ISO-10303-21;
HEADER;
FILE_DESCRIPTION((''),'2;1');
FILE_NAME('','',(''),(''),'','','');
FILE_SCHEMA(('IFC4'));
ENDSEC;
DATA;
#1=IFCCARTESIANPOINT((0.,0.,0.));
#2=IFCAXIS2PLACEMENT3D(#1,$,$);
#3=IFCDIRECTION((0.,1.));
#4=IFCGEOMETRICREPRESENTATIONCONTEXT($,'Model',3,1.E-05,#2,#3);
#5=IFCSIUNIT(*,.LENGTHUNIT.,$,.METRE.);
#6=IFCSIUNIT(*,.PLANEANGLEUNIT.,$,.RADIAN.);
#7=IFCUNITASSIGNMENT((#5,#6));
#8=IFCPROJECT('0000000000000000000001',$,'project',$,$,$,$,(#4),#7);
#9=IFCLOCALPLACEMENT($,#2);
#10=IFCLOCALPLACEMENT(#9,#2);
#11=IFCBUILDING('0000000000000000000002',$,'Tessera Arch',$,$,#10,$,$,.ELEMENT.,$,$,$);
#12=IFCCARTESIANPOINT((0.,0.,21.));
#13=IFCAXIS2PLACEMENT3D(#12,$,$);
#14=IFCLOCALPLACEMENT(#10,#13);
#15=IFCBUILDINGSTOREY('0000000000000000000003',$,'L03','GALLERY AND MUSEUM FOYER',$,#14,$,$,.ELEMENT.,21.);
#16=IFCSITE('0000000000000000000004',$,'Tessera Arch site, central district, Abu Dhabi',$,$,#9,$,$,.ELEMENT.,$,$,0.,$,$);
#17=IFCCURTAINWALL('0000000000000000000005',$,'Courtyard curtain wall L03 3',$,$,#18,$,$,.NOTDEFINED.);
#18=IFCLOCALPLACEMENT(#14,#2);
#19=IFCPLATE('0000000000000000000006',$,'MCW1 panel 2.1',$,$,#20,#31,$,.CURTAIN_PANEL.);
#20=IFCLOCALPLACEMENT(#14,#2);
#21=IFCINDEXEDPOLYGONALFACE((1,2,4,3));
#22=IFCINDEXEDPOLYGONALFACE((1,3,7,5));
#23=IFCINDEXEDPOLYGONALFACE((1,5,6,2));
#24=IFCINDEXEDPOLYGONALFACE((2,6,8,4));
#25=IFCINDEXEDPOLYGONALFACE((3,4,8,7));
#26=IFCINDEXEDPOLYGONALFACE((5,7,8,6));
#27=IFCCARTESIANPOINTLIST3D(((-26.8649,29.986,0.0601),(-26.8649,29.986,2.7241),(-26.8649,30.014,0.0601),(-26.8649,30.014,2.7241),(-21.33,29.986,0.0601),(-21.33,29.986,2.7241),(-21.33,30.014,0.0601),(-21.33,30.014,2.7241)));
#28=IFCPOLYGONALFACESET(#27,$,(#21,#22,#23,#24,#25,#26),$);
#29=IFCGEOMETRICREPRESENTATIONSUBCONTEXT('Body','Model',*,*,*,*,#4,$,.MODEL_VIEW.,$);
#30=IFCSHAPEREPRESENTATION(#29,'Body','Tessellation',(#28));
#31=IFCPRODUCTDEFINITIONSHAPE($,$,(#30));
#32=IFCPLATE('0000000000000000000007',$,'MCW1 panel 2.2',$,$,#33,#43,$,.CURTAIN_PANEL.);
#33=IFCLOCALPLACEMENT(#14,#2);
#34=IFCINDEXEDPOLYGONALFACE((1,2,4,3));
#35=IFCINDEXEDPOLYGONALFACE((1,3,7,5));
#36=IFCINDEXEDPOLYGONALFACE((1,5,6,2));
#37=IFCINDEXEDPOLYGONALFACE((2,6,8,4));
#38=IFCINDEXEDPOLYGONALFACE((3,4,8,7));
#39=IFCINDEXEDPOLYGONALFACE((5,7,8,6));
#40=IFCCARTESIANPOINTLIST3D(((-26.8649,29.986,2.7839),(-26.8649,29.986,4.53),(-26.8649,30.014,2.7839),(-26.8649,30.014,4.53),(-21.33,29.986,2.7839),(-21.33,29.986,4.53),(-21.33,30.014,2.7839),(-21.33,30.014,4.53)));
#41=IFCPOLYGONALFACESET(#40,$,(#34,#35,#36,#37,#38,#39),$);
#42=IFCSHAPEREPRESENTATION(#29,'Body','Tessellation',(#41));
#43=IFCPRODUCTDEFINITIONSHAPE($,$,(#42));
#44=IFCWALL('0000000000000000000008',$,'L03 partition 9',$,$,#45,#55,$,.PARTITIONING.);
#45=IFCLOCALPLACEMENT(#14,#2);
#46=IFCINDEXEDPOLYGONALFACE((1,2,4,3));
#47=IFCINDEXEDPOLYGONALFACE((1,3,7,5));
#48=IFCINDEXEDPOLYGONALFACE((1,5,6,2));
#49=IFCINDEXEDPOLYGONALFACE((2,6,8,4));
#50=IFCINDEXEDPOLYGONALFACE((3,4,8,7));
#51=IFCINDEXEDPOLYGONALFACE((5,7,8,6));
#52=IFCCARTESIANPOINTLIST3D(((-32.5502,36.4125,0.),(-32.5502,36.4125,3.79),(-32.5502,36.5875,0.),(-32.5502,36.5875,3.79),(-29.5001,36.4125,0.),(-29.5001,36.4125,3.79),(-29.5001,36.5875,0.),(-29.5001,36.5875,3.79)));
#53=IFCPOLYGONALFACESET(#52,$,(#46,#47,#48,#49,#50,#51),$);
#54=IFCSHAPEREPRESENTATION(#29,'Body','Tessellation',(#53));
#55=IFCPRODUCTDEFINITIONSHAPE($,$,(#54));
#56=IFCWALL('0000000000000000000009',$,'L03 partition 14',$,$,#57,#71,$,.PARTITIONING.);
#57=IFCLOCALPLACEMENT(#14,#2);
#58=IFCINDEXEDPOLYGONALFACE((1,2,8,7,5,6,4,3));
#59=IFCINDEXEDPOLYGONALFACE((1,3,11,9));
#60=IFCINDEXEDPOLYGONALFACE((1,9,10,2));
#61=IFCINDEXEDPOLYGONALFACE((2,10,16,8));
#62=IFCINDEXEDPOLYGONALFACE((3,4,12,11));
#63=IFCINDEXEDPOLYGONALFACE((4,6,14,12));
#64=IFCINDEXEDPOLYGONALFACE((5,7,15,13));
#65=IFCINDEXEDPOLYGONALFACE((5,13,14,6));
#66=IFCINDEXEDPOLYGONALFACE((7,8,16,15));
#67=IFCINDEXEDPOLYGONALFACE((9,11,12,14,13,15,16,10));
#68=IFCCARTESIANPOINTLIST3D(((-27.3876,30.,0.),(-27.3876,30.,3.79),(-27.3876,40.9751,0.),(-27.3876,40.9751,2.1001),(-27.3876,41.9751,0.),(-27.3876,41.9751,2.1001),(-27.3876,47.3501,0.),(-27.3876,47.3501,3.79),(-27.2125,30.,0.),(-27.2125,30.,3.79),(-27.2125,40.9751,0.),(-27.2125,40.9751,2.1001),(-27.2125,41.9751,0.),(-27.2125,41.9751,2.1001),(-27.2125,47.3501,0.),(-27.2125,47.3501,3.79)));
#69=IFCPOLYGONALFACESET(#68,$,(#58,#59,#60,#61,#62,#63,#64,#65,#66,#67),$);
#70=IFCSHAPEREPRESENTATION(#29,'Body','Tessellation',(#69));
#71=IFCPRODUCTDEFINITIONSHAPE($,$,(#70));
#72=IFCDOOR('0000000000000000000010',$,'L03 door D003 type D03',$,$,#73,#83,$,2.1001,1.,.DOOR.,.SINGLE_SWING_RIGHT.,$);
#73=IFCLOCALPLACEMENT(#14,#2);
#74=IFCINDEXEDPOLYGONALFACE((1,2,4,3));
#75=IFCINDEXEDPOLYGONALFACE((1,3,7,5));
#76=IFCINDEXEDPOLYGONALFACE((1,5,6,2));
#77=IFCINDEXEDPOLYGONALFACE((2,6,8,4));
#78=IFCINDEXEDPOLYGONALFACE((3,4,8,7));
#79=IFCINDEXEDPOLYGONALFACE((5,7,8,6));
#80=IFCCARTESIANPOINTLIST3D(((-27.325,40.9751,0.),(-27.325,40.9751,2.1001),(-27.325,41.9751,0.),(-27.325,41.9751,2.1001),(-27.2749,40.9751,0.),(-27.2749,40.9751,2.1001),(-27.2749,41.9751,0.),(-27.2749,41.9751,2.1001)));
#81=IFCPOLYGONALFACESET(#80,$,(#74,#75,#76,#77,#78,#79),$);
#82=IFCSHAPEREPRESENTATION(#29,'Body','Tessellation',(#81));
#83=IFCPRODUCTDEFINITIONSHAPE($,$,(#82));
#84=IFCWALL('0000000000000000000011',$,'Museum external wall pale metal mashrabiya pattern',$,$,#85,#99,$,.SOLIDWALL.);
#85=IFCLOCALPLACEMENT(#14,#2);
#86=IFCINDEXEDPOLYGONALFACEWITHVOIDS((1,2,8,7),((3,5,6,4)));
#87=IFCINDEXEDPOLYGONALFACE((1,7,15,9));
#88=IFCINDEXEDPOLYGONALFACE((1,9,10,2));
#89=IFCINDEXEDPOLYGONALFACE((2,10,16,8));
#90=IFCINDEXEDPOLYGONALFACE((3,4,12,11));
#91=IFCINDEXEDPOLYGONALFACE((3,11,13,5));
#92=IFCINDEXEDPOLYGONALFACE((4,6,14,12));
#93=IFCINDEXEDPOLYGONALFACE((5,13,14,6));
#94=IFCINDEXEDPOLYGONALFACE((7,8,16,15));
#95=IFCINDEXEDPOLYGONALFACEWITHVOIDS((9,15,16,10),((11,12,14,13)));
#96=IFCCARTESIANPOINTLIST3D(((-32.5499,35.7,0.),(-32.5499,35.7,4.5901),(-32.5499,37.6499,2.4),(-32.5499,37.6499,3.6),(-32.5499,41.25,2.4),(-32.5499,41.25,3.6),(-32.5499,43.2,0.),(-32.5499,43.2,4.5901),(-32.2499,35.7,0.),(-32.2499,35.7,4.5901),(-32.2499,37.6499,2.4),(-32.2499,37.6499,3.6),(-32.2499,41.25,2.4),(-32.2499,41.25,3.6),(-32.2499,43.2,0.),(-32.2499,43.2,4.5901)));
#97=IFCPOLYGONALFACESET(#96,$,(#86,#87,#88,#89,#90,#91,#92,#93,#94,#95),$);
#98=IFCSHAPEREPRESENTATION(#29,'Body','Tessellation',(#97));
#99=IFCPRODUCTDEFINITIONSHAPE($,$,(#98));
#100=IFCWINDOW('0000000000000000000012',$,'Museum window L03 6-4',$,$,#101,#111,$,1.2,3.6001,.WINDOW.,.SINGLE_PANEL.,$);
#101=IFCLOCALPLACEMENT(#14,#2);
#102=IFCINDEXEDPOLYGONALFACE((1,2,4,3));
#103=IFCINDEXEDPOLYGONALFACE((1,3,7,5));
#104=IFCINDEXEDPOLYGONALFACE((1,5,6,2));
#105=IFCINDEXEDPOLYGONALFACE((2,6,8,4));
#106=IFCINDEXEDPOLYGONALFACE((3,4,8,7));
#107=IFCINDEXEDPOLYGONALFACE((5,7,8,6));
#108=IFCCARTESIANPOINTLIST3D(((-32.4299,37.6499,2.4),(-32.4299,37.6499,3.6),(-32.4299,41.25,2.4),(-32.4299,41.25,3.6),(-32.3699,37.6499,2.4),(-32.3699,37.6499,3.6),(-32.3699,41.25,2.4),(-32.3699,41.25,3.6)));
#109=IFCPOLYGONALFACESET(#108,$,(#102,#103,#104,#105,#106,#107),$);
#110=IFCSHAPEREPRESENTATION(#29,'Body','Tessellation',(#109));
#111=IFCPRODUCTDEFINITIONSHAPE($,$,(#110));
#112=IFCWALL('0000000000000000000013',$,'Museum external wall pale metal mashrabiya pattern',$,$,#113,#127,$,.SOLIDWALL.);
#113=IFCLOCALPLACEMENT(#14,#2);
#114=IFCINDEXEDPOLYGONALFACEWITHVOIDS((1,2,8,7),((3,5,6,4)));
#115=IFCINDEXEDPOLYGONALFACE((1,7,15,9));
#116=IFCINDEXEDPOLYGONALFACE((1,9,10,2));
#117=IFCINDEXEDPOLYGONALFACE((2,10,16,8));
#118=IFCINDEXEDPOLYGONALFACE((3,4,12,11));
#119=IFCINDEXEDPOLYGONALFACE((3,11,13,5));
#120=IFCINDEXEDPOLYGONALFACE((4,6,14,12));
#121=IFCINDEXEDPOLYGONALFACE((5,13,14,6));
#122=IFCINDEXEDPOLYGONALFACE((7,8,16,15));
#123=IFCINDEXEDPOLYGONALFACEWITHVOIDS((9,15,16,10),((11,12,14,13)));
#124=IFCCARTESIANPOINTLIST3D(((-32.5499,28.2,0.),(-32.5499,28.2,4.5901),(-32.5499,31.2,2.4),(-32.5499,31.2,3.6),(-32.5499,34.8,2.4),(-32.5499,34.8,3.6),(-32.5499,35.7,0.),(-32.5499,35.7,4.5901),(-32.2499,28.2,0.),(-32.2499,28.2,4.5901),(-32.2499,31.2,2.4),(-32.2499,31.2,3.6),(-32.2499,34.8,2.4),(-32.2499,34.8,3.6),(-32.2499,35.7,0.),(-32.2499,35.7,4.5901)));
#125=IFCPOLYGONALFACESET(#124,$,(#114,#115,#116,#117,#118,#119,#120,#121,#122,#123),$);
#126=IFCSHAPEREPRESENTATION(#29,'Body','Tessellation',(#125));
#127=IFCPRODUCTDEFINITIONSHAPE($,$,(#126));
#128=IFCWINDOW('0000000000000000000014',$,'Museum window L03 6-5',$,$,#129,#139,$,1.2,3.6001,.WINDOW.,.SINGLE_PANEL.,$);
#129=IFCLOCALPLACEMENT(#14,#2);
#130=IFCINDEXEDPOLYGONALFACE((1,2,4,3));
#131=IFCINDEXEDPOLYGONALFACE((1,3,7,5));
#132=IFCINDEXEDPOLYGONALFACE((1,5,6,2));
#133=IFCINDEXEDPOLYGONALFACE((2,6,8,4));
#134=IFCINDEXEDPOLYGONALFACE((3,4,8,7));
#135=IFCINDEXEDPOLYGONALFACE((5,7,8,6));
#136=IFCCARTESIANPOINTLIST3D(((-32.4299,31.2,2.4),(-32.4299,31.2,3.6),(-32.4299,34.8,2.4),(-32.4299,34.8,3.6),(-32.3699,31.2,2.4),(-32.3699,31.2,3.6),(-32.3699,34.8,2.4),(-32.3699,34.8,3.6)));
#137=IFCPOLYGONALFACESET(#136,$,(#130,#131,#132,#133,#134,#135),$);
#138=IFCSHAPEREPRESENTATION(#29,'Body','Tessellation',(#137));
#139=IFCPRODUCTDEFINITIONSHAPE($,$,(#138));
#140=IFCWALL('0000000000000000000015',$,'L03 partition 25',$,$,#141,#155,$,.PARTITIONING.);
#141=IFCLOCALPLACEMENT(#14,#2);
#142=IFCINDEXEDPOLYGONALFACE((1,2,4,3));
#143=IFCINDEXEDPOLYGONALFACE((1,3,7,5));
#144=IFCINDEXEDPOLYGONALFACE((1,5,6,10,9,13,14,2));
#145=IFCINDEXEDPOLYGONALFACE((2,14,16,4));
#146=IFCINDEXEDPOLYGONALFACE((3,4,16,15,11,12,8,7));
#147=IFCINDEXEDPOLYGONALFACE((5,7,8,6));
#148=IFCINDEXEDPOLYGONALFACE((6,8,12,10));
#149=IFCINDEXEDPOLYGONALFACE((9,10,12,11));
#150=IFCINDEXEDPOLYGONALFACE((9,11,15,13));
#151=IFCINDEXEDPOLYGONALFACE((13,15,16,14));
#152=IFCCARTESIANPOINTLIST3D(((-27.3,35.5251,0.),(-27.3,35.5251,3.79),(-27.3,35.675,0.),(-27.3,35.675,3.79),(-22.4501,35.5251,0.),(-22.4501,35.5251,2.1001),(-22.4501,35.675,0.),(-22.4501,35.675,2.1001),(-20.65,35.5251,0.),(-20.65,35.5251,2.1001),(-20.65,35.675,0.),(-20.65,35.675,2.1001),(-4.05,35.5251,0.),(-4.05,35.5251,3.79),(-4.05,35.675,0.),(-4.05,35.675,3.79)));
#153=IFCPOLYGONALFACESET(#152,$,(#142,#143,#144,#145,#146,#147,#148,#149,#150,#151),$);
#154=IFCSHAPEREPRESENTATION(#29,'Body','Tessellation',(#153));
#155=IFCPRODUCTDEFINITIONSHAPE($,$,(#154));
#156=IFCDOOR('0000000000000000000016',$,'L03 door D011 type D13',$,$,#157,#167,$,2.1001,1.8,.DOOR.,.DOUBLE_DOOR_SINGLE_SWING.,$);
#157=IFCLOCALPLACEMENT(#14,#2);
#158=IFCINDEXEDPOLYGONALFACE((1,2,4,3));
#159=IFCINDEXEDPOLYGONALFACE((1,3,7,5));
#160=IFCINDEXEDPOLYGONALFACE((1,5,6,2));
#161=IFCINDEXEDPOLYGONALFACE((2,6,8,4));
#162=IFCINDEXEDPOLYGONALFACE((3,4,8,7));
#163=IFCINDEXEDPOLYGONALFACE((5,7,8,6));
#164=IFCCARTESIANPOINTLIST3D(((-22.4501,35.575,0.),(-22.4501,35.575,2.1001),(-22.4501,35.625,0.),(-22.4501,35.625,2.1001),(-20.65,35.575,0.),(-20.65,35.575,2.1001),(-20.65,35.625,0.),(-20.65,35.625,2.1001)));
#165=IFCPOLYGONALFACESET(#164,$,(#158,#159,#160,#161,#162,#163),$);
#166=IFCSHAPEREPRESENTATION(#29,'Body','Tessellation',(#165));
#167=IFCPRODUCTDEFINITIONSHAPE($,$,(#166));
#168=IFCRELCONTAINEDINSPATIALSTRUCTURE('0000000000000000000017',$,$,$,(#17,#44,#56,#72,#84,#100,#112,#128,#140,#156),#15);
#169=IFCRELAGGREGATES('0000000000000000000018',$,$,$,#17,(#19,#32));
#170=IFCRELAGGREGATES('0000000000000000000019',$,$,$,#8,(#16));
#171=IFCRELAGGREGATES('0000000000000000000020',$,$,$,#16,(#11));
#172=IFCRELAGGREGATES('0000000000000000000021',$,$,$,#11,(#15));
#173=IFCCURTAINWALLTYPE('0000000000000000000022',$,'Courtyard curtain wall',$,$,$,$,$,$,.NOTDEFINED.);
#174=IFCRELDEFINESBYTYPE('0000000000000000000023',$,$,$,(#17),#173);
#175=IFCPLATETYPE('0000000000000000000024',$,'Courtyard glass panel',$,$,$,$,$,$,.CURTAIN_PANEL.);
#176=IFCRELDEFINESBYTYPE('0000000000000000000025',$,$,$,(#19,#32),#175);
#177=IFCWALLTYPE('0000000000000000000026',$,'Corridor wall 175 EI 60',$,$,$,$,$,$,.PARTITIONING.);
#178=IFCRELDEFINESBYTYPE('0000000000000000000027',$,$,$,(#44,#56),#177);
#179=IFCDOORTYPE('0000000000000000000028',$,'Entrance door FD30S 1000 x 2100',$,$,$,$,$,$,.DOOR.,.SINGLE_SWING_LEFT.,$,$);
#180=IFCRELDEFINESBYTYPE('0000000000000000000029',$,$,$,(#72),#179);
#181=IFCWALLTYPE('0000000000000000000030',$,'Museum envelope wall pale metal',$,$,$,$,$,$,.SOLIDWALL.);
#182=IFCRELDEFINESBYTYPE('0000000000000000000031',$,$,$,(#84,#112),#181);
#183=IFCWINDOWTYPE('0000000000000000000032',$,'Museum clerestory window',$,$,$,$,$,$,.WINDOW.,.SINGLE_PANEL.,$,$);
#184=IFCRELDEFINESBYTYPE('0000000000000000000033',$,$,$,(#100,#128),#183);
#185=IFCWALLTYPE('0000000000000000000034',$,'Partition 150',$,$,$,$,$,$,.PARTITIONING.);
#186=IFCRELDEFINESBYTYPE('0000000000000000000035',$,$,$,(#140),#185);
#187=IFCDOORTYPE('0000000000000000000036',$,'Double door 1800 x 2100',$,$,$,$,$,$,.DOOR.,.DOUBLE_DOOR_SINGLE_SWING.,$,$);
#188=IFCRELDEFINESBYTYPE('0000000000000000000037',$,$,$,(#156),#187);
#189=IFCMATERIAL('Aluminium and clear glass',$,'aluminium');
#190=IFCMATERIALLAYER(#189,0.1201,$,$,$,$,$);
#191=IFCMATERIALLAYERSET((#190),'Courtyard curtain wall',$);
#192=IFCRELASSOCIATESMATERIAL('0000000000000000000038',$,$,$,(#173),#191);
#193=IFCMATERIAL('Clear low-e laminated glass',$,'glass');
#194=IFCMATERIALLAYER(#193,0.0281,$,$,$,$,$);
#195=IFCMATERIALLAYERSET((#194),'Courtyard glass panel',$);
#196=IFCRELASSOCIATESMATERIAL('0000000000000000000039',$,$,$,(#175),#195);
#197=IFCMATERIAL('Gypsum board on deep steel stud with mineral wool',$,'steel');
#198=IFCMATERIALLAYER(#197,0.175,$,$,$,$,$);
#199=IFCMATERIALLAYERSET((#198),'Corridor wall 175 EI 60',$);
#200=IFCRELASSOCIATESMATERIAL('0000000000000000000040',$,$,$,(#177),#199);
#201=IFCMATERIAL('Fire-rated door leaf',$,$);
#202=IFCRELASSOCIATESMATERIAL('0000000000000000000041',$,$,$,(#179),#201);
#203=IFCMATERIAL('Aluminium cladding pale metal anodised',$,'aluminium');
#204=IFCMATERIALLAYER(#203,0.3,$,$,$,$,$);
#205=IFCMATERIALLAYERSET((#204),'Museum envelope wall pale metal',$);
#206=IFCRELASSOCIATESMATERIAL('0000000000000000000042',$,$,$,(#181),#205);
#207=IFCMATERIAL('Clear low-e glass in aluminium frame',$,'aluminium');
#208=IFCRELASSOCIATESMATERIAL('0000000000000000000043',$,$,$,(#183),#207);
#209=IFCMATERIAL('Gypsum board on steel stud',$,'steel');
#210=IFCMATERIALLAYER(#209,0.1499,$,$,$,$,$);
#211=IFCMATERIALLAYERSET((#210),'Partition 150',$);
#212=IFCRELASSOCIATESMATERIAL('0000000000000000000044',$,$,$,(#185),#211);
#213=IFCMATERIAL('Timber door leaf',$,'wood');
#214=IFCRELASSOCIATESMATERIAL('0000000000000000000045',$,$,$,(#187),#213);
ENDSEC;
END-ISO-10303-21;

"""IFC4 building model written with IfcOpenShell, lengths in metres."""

from ifc_helpers import new_model, si_unit, direction, frame, frame_2d, origin, origin_2d, place, context, subcontext, project, spatial, rectangle, extrude, material, layer, layer_set, type_object, element, fill, aggregate, save


model = new_model("IFC4")

# Units and contexts
model_context = context("Model", 3, precision=1e-05, world=origin(), true_north=direction((0.0, 1.0)))
body_context = subcontext(model_context, "Body", "Model", "MODEL_VIEW")
ifc_project = project(units=[si_unit("LENGTHUNIT", "METRE"), si_unit("PLANEANGLEUNIT", "RADIAN")], contexts=[model_context])

# Site, building, storey
site_placement = place(None, origin())
site = spatial("IfcSite", under=ifc_project, at=site_placement, Name="Tessera Arch site, central district, Abu Dhabi", CompositionType="ELEMENT", RefElevation=0.0)
building_placement = place(site_placement, origin())
building = spatial("IfcBuilding", under=site, at=building_placement, Name="Tessera Arch", CompositionType="ELEMENT")
storey_placement = place(building_placement, frame((0.0, 0.0, 21.0)))
storey = spatial("IfcBuildingStorey", under=building, at=storey_placement, Name="L03", Description="GALLERY AND MUSEUM FOYER", CompositionType="ELEMENT", Elevation=21.0)

# Curtain wall
ifc_material_1 = material(Name="Aluminium and clear glass", Category="aluminium")
ifc_layer_1 = layer(ifc_material_1, 0.1201)
ifc_layer_set_1 = layer_set([ifc_layer_1], Name="Courtyard curtain wall")
curtain_wall_type = type_object("IfcCurtainWallType", Name="Courtyard curtain wall", PredefinedType="NOTDEFINED", material=ifc_layer_set_1)
curtain_wall_1_placement = place(storey_placement, origin())
curtain_wall_1 = element("IfcCurtainWall", 1, at=curtain_wall_1_placement, inside=storey, type_object=curtain_wall_type, Name="Courtyard curtain wall L03 3", PredefinedType="NOTDEFINED")

# Plates
ifc_material_2 = material(Name="Clear low-e laminated glass", Category="glass")
ifc_layer_2 = layer(ifc_material_2, 0.0281)
ifc_layer_set_2 = layer_set([ifc_layer_2], Name="Courtyard glass panel")
plate_type = type_object("IfcPlateType", Name="Courtyard glass panel", PredefinedType="CURTAIN_PANEL", material=ifc_layer_set_2)
plate_1_placement = place(storey_placement, frame((-24.0974, 30.0, 0.0601), z_axis=(0.0, 0.0, 1.0), x_axis=(-1.0, 0.0, 0.0)))
plate_1 = element("IfcPlate", 2, at=plate_1_placement, type_object=plate_type, Name="MCW1 panel 2.1", PredefinedType="CURTAIN_PANEL", context=body_context, shape_type="SweptSolid", body=[
    extrude(rectangle(XDim=5.5349, YDim=0.0281, at=origin_2d()), origin(), (0.0, 0.0, 1.0), 2.6641),
])
plate_2_placement = place(storey_placement, frame((-24.0974, 30.0, 2.7839), z_axis=(0.0, 0.0, 1.0), x_axis=(-1.0, 0.0, 0.0)))
plate_2 = element("IfcPlate", 3, at=plate_2_placement, type_object=plate_type, Name="MCW1 panel 2.2", PredefinedType="CURTAIN_PANEL", context=body_context, shape_type="SweptSolid", body=[
    extrude(rectangle(XDim=5.5349, YDim=0.0281, at=origin_2d()), origin(), (0.0, 0.0, 1.0), 1.7461),
])
aggregate(curtain_wall_1, [plate_1, plate_2])

# Wall
ifc_material_3 = material(Name="Gypsum board on deep steel stud with mineral wool", Category="steel")
ifc_layer_3 = layer(ifc_material_3, 0.175)
ifc_layer_set_3 = layer_set([ifc_layer_3], Name="Corridor wall 175 EI 60")
wall_type_1 = type_object("IfcWallType", Name="Corridor wall 175 EI 60", PredefinedType="PARTITIONING", material=ifc_layer_set_3)
wall_1_placement = place(storey_placement, frame((-32.55, 36.5, 0.0), z_axis=(0.0, 0.0, 1.0), x_axis=(1.0, 0.0, 0.0)))
element("IfcWall", 4, at=wall_1_placement, inside=storey, type_object=wall_type_1, Name="L03 partition 9", PredefinedType="PARTITIONING", context=body_context, shape_type="SweptSolid", body=[
    extrude(rectangle(XDim=3.05, YDim=0.175, at=frame_2d((1.5249, 0.0))), origin(), (0.0, 0.0, 1.0), 3.79),
])

# Wall, opening, door
wall_2_placement = place(storey_placement, frame((-27.3, 30.0, 0.0), z_axis=(0.0, 0.0, 1.0), x_axis=(0.0, 1.0, 0.0)))
wall_2 = element("IfcWall", 5, at=wall_2_placement, inside=storey, type_object=wall_type_1, Name="L03 partition 14", PredefinedType="PARTITIONING", context=body_context, shape_type="SweptSolid", body=[
    extrude(rectangle(XDim=17.3501, YDim=0.175, at=frame_2d((8.675, 0.0))), origin(), (0.0, 0.0, 1.0), 3.79),
])
opening_1_placement = place(wall_2_placement, frame((10.9751, 0.0, 0.0)))
opening_1 = element("IfcOpeningElement", 6, at=opening_1_placement, cuts=wall_2, PredefinedType="OPENING", context=body_context, shape_type="SweptSolid", body=[
    extrude(rectangle(XDim=1.0, YDim=2.1001, at=frame_2d((0.5, 1.05))), frame((0.0, 0.0974, 0.0), z_axis=(0.0, -1.0, 0.0), x_axis=(1.0, 0.0, 0.0)), (0.0, 0.0, 1.0), 0.1951),
])
ifc_material_4 = material(Name="Fire-rated door leaf")
door_type_1 = type_object("IfcDoorType", Name="Entrance door FD30S 1000 x 2100", OperationType="SINGLE_SWING_LEFT", PredefinedType="DOOR", material=ifc_material_4)
door_1_placement = place(opening_1_placement, origin())
door_1 = element("IfcDoor", 7, at=door_1_placement, inside=storey, type_object=door_type_1, Name="L03 door D003 type D03", OperationType="SINGLE_SWING_RIGHT", OverallHeight=2.1001, OverallWidth=1.0, PredefinedType="DOOR", context=body_context, shape_type="SweptSolid", body=[
    extrude(rectangle(XDim=1.0, YDim=2.1001, at=frame_2d((0.5, 1.05))), frame((0.0, 0.0249, 0.0), z_axis=(0.0, -1.0, 0.0), x_axis=(1.0, 0.0, 0.0)), (0.0, 0.0, 1.0), 0.05),
])
fill(opening_1, door_1)

# Walls, openings, windows
ifc_material_5 = material(Name="Aluminium cladding pale metal anodised", Category="aluminium")
ifc_layer_4 = layer(ifc_material_5, 0.3)
ifc_layer_set_4 = layer_set([ifc_layer_4], Name="Museum envelope wall pale metal")
wall_type_2 = type_object("IfcWallType", Name="Museum envelope wall pale metal", PredefinedType="SOLIDWALL", material=ifc_layer_set_4)
wall_3_placement = place(storey_placement, frame((-32.3999, 43.2, 0.0), z_axis=(0.0, 0.0, 1.0), x_axis=(0.0, -1.0, 0.0)))
wall_3 = element("IfcWall", 8, at=wall_3_placement, inside=storey, type_object=wall_type_2, Name="Museum external wall pale metal mashrabiya pattern", PredefinedType="SOLIDWALL", context=body_context, shape_type="SweptSolid", body=[
    extrude(rectangle(XDim=7.5, YDim=0.3, at=frame_2d((3.75, 0.0))), origin(), (0.0, 0.0, 1.0), 4.5901),
])
opening_2_placement = place(wall_3_placement, frame((1.95, 0.0, 2.3999)))
opening_2 = element("IfcOpeningElement", 9, at=opening_2_placement, cuts=wall_3, PredefinedType="OPENING", context=body_context, shape_type="SweptSolid", body=[
    extrude(rectangle(XDim=3.6001, YDim=1.2, at=frame_2d((1.8, 0.6001))), frame((0.0, 0.1599, 0.0), z_axis=(0.0, -1.0, 0.0), x_axis=(1.0, 0.0, 0.0)), (0.0, 0.0, 1.0), 0.3201),
])
ifc_material_6 = material(Name="Clear low-e glass in aluminium frame", Category="aluminium")
window_type = type_object("IfcWindowType", Name="Museum clerestory window", PartitioningType="SINGLE_PANEL", PredefinedType="WINDOW", material=ifc_material_6)
window_1_placement = place(opening_2_placement, origin())
window_1 = element("IfcWindow", 10, at=window_1_placement, inside=storey, type_object=window_type, Name="Museum window L03 6-4", OverallHeight=1.2, OverallWidth=3.6001, PartitioningType="SINGLE_PANEL", PredefinedType="WINDOW", context=body_context, shape_type="SweptSolid", body=[
    extrude(rectangle(XDim=3.6001, YDim=1.2, at=frame_2d((1.8, 0.6001))), frame((0.0, 0.03, 0.0), z_axis=(0.0, -1.0, 0.0), x_axis=(1.0, 0.0, 0.0)), (0.0, 0.0, 1.0), 0.0601),
])
fill(opening_2, window_1)
wall_4_placement = place(storey_placement, frame((-32.3999, 35.7, 0.0), z_axis=(0.0, 0.0, 1.0), x_axis=(0.0, -1.0, 0.0)))
wall_4 = element("IfcWall", 11, at=wall_4_placement, inside=storey, type_object=wall_type_2, Name="Museum external wall pale metal mashrabiya pattern", PredefinedType="SOLIDWALL", context=body_context, shape_type="SweptSolid", body=[
    extrude(rectangle(XDim=7.5, YDim=0.3, at=frame_2d((3.75, 0.0))), origin(), (0.0, 0.0, 1.0), 4.5901),
])
opening_3_placement = place(wall_4_placement, frame((0.8999, 0.0, 2.3999)))
opening_3 = element("IfcOpeningElement", 12, at=opening_3_placement, cuts=wall_4, PredefinedType="OPENING", context=body_context, shape_type="SweptSolid", body=[
    extrude(rectangle(XDim=3.6001, YDim=1.2, at=frame_2d((1.8, 0.6001))), frame((0.0, 0.1599, 0.0), z_axis=(0.0, -1.0, 0.0), x_axis=(1.0, 0.0, 0.0)), (0.0, 0.0, 1.0), 0.3201),
])
window_2_placement = place(opening_3_placement, origin())
window_2 = element("IfcWindow", 13, at=window_2_placement, inside=storey, type_object=window_type, Name="Museum window L03 6-5", OverallHeight=1.2, OverallWidth=3.6001, PartitioningType="SINGLE_PANEL", PredefinedType="WINDOW", context=body_context, shape_type="SweptSolid", body=[
    extrude(rectangle(XDim=3.6001, YDim=1.2, at=frame_2d((1.8, 0.6001))), frame((0.0, 0.03, 0.0), z_axis=(0.0, -1.0, 0.0), x_axis=(1.0, 0.0, 0.0)), (0.0, 0.0, 1.0), 0.0601),
])
fill(opening_3, window_2)

# Wall, opening, door
ifc_material_7 = material(Name="Gypsum board on steel stud", Category="steel")
ifc_layer_5 = layer(ifc_material_7, 0.1499)
ifc_layer_set_5 = layer_set([ifc_layer_5], Name="Partition 150")
wall_type_3 = type_object("IfcWallType", Name="Partition 150", PredefinedType="PARTITIONING", material=ifc_layer_set_5)
wall_5_placement = place(storey_placement, frame((-27.3, 35.6001, 0.0), z_axis=(0.0, 0.0, 1.0), x_axis=(1.0, 0.0, 0.0)))
wall_5 = element("IfcWall", 14, at=wall_5_placement, inside=storey, type_object=wall_type_3, Name="L03 partition 25", PredefinedType="PARTITIONING", context=body_context, shape_type="SweptSolid", body=[
    extrude(rectangle(XDim=23.25, YDim=0.1499, at=frame_2d((11.625, 0.0))), origin(), (0.0, 0.0, 1.0), 3.79),
])
opening_4_placement = place(wall_5_placement, frame((4.8501, 0.0, 0.0)))
opening_4 = element("IfcOpeningElement", 15, at=opening_4_placement, cuts=wall_5, PredefinedType="OPENING", context=body_context, shape_type="SweptSolid", body=[
    extrude(rectangle(XDim=1.8, YDim=2.1001, at=frame_2d((0.8999, 1.05))), frame((0.0, 0.085, 0.0), z_axis=(0.0, -1.0, 0.0), x_axis=(1.0, 0.0, 0.0)), (0.0, 0.0, 1.0), 0.1699),
])
ifc_material_8 = material(Name="Timber door leaf", Category="wood")
door_type_2 = type_object("IfcDoorType", Name="Double door 1800 x 2100", OperationType="DOUBLE_DOOR_SINGLE_SWING", PredefinedType="DOOR", material=ifc_material_8)
door_2_placement = place(opening_4_placement, origin())
door_2 = element("IfcDoor", 16, at=door_2_placement, inside=storey, type_object=door_type_2, Name="L03 door D011 type D13", OperationType="DOUBLE_DOOR_SINGLE_SWING", OverallHeight=2.1001, OverallWidth=1.8, PredefinedType="DOOR", context=body_context, shape_type="SweptSolid", body=[
    extrude(rectangle(XDim=1.8, YDim=2.1001, at=frame_2d((0.8999, 1.05))), frame((0.0, 0.0249, 0.0), z_axis=(0.0, -1.0, 0.0), x_axis=(1.0, 0.0, 0.0)), (0.0, 0.0, 1.0), 0.05),
])
fill(opening_4, door_2)

save(model, "model.ifc")
